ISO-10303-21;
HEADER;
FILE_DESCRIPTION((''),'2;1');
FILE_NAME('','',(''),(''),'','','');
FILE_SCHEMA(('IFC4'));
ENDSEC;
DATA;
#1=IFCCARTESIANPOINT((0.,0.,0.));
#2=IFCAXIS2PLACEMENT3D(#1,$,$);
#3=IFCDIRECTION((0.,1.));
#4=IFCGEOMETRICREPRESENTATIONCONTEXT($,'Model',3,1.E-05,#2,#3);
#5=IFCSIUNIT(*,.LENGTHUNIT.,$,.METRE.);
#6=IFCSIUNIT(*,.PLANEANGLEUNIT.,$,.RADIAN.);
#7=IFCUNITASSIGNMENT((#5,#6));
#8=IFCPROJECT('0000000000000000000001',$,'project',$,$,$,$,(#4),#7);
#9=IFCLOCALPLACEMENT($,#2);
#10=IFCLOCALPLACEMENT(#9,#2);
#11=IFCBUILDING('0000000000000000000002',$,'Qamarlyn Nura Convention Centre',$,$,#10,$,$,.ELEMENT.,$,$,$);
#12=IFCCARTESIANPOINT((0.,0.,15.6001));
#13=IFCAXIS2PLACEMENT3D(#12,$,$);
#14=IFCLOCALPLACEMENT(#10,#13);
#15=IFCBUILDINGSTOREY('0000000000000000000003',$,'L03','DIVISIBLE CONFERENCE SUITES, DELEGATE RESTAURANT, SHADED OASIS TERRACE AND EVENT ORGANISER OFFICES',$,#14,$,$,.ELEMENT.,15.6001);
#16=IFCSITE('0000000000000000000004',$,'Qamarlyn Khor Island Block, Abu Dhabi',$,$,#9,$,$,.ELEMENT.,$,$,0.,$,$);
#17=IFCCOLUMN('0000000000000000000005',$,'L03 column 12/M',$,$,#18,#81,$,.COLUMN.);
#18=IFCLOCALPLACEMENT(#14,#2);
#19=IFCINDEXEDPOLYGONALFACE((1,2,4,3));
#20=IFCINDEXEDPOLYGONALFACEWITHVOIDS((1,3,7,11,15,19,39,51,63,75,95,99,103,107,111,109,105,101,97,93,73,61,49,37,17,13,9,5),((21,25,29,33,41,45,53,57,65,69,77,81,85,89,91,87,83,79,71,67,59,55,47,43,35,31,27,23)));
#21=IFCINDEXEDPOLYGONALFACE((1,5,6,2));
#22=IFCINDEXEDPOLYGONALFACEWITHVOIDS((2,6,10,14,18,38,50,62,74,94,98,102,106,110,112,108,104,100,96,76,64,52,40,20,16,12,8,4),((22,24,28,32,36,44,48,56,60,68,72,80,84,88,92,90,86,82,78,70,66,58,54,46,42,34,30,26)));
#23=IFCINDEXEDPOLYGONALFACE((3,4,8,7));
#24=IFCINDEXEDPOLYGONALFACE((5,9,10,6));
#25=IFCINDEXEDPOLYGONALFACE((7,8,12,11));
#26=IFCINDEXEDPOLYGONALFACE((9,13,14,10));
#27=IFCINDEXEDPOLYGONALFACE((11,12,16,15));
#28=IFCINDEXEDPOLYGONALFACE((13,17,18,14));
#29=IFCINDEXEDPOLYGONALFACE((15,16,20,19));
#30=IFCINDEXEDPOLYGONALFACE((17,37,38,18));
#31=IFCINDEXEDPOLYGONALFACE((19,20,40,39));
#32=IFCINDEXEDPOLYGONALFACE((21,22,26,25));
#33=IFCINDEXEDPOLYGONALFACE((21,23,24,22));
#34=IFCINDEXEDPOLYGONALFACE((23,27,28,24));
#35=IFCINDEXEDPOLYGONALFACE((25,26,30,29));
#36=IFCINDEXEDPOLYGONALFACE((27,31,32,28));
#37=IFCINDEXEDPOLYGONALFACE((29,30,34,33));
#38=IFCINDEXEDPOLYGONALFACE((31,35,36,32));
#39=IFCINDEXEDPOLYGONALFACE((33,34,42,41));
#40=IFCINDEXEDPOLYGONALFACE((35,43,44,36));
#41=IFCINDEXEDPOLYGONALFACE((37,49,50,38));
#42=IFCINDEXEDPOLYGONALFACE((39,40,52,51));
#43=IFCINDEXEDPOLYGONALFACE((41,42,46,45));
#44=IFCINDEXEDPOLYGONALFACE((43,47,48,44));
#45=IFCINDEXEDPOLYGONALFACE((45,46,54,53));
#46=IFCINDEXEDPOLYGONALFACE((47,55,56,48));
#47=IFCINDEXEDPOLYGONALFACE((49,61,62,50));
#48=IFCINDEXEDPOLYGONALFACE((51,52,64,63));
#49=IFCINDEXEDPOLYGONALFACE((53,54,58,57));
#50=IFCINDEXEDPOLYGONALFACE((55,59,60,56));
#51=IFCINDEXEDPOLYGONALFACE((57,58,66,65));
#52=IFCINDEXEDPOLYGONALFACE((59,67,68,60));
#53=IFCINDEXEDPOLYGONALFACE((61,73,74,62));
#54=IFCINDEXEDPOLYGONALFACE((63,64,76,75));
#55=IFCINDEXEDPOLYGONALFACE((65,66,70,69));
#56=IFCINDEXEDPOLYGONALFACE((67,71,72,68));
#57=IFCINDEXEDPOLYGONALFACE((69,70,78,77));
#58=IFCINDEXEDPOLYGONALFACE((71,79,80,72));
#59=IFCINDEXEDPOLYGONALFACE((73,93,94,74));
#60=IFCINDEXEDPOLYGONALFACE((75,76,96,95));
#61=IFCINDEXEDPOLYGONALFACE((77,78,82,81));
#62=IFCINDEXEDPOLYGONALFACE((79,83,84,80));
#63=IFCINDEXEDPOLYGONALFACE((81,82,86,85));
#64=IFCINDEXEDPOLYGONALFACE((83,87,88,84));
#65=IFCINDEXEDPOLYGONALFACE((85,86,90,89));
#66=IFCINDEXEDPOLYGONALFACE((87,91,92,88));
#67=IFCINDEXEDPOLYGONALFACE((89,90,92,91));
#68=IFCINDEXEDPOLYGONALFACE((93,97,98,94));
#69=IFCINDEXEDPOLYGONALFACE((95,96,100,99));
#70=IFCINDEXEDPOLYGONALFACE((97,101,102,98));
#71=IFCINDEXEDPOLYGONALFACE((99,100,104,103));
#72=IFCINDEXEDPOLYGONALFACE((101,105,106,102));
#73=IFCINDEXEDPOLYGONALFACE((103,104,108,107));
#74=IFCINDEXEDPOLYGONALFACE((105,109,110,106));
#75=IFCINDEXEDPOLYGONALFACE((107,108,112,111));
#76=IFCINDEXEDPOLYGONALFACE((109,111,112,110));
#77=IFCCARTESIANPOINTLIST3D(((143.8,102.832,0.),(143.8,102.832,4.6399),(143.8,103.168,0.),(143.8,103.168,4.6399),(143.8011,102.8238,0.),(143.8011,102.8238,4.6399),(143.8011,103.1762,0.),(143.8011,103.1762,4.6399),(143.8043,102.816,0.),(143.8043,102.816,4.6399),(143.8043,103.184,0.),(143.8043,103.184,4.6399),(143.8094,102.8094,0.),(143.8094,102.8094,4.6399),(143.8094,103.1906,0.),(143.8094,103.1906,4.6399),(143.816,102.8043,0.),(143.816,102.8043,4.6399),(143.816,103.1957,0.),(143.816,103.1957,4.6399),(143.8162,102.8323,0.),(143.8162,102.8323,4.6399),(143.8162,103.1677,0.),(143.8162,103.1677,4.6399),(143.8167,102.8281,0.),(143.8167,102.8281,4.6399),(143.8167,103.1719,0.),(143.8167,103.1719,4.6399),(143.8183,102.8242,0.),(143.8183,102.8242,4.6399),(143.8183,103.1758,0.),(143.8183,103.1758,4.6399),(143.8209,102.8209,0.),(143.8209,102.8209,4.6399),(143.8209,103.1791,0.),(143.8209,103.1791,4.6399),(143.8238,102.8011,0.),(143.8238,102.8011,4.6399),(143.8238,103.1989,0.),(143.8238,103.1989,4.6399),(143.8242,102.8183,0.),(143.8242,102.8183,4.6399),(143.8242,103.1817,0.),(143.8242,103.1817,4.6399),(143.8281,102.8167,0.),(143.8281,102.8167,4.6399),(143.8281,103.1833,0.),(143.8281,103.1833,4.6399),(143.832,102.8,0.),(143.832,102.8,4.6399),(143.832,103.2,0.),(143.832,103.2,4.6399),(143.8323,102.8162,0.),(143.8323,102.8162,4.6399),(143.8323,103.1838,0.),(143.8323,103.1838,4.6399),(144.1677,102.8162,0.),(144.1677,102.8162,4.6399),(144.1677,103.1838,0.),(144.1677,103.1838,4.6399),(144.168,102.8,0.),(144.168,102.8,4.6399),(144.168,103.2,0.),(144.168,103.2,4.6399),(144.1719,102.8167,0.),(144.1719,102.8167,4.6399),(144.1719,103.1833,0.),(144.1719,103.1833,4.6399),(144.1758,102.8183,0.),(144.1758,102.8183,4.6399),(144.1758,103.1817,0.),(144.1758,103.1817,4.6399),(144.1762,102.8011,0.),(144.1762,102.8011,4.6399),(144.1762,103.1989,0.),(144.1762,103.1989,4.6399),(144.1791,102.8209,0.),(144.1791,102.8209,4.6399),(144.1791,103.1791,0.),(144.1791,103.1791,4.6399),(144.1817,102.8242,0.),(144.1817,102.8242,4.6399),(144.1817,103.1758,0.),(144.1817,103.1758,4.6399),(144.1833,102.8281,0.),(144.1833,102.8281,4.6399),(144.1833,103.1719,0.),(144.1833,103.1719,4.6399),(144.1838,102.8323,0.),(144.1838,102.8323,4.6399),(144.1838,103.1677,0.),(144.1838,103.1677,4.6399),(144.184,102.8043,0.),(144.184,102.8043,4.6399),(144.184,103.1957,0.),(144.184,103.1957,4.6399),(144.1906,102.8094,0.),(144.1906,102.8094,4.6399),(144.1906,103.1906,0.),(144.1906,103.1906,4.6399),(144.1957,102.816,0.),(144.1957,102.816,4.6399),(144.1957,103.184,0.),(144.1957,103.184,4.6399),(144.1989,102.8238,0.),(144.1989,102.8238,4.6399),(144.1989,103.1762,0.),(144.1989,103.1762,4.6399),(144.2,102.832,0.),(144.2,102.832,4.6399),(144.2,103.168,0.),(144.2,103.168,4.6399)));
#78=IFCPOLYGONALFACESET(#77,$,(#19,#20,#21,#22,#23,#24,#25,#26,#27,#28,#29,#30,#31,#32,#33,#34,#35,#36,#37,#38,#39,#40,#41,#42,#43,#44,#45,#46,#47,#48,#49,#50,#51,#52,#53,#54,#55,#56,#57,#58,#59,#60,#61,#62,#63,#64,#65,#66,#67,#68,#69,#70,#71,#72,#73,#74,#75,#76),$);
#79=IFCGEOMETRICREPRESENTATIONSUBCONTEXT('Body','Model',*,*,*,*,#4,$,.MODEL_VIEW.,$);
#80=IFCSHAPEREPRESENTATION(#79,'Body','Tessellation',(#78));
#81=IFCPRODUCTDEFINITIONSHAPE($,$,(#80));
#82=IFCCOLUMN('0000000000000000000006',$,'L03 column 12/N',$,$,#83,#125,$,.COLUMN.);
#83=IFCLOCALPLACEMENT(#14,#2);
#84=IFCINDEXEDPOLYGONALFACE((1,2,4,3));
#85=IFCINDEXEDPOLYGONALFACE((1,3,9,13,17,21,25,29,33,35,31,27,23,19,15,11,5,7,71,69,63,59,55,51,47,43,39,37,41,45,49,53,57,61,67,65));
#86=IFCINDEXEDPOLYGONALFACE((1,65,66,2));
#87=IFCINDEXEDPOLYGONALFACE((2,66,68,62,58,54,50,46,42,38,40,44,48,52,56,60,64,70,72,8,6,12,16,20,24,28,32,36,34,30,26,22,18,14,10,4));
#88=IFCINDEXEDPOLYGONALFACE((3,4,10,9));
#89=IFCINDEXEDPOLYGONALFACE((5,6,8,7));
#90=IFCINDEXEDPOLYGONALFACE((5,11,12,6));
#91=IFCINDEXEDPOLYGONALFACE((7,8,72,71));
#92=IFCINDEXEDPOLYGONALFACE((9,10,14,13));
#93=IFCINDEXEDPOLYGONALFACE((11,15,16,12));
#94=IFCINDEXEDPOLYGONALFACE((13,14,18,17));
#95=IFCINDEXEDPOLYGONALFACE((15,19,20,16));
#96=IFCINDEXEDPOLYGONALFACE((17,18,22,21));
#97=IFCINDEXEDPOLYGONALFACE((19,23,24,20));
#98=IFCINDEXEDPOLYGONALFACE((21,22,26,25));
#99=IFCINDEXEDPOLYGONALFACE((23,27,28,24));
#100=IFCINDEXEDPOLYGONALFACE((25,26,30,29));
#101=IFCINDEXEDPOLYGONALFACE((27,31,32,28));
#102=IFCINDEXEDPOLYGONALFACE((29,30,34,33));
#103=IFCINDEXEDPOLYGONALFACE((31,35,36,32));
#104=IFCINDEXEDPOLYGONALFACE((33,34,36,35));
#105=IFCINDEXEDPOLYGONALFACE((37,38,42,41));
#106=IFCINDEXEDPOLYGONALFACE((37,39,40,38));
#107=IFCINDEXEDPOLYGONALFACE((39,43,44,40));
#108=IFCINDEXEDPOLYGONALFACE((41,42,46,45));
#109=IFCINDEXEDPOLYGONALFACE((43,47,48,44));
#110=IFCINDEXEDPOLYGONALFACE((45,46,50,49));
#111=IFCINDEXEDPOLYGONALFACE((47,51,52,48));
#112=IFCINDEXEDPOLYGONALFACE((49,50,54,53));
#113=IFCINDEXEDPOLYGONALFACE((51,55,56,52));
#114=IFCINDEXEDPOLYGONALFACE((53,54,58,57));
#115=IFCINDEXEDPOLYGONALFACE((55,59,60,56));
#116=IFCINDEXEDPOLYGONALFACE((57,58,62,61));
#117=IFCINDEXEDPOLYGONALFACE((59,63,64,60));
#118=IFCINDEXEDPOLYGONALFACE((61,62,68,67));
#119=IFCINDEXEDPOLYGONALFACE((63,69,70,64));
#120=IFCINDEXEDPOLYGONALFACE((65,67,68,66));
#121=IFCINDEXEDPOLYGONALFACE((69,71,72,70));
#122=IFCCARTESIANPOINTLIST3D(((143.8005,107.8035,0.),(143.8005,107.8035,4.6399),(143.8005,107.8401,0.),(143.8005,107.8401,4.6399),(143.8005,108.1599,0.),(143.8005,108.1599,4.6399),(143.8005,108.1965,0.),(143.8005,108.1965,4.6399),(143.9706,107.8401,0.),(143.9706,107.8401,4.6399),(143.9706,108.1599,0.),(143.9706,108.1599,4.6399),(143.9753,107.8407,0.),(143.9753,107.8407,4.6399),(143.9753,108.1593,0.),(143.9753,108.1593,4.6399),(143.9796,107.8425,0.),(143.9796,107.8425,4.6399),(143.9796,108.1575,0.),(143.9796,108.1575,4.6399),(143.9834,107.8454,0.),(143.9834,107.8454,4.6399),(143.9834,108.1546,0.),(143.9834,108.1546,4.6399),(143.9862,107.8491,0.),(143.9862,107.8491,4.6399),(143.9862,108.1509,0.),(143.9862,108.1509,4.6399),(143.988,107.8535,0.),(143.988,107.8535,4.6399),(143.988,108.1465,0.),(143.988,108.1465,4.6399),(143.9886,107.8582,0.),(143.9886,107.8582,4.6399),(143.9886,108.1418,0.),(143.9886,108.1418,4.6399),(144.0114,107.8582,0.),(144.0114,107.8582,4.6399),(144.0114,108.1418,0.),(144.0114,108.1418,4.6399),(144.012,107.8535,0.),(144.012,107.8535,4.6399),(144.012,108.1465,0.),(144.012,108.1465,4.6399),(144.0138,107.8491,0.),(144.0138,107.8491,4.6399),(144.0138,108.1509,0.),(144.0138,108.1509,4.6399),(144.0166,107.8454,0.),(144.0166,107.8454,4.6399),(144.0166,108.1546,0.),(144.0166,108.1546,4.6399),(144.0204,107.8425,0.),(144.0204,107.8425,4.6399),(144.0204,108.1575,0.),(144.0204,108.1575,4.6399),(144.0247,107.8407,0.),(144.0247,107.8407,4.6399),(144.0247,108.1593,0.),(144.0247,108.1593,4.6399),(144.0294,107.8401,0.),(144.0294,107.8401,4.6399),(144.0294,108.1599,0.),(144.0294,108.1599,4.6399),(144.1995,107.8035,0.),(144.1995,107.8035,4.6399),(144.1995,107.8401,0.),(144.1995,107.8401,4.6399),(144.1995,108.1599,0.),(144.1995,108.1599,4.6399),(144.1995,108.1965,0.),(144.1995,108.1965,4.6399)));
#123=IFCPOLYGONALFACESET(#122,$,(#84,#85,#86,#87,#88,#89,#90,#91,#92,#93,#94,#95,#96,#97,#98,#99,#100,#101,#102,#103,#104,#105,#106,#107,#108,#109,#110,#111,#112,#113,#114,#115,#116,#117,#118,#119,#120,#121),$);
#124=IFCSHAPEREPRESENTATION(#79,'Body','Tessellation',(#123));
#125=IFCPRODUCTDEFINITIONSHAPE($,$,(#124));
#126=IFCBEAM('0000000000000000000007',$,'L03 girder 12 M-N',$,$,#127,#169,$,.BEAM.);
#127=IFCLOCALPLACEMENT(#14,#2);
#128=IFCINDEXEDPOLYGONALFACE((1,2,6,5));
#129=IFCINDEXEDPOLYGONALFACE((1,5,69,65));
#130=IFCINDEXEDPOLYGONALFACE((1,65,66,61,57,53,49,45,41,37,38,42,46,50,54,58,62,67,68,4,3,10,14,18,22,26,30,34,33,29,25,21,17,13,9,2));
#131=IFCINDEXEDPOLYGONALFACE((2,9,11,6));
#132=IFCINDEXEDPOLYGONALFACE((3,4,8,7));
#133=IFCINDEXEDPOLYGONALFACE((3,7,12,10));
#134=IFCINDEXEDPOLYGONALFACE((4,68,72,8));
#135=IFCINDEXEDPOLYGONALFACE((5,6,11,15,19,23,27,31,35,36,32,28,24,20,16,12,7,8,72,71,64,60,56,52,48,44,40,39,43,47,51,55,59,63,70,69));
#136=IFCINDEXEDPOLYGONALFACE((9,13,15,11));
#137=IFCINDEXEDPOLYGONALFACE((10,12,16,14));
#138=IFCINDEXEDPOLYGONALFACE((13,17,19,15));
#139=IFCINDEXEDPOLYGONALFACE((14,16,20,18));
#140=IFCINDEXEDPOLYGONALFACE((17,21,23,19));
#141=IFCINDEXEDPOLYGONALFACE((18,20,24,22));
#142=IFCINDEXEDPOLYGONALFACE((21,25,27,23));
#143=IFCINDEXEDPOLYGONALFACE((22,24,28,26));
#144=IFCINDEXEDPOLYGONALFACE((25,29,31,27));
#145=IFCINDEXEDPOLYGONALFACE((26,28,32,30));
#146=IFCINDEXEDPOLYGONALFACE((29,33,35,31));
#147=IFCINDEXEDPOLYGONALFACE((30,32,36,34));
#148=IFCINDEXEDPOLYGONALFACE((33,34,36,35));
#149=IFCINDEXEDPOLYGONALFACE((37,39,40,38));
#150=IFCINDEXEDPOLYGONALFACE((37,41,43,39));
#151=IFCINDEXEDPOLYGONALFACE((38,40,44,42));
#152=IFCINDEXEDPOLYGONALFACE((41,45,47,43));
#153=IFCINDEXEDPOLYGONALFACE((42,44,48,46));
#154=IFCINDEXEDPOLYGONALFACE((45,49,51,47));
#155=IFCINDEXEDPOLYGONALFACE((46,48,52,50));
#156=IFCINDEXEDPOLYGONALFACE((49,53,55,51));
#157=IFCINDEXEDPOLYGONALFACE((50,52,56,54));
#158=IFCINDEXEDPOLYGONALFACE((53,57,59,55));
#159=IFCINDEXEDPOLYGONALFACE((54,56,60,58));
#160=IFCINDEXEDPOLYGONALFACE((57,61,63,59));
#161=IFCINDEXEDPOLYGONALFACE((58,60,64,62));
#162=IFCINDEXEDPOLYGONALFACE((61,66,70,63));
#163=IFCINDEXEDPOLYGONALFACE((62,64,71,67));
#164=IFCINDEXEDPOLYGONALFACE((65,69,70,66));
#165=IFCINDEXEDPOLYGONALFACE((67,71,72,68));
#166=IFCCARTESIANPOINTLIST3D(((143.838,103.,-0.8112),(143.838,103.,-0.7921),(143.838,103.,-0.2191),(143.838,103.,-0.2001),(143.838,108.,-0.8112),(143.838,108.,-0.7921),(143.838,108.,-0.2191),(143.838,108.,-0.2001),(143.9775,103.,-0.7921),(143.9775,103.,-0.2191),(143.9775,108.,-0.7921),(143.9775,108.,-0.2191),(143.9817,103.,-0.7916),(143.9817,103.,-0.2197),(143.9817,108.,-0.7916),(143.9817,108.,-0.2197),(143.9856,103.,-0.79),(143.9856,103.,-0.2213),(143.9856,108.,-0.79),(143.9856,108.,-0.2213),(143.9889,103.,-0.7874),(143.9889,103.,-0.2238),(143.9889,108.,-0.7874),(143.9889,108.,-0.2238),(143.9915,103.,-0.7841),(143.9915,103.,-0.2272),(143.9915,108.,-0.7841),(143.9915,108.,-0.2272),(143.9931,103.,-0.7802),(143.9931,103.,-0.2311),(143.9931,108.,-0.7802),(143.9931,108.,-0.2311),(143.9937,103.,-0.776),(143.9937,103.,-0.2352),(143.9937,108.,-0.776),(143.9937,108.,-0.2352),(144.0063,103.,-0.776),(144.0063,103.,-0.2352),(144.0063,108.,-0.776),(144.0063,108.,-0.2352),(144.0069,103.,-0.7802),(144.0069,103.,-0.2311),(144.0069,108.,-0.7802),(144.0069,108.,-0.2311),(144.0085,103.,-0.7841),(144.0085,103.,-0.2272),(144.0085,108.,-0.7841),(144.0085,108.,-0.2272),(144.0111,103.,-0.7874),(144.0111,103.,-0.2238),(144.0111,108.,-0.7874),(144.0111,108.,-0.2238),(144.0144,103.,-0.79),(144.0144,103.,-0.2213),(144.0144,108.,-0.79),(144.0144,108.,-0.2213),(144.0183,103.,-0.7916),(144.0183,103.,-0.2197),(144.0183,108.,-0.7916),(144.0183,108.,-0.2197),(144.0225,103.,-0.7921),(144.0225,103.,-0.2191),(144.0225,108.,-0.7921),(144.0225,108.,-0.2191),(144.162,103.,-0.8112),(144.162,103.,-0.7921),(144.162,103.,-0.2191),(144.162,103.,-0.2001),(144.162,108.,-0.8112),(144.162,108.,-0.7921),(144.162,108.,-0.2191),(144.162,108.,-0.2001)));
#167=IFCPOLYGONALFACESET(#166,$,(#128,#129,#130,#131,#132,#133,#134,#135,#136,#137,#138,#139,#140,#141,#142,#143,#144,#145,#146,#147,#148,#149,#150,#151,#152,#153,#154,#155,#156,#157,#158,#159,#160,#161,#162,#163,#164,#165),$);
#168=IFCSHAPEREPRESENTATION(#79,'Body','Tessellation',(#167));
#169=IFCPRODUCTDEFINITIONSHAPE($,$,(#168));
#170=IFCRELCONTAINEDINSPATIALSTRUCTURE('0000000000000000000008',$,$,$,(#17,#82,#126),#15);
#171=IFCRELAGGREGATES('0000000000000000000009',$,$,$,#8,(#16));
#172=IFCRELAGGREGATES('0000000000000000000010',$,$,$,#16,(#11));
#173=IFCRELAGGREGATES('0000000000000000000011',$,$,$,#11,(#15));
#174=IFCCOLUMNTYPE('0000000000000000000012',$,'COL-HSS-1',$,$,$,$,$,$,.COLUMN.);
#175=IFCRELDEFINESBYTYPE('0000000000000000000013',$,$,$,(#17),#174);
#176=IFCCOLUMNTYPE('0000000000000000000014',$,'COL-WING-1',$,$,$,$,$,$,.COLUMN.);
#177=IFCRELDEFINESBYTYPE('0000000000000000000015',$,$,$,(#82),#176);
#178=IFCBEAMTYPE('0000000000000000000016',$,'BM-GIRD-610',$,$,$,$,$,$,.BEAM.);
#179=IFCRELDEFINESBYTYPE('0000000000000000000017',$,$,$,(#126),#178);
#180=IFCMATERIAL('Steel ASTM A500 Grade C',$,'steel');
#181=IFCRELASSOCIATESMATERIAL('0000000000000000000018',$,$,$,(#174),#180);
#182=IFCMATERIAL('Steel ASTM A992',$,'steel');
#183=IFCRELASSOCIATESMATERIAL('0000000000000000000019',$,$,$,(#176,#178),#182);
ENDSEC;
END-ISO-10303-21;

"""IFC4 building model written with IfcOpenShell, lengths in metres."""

from ifc_helpers import new_model, si_unit, direction, frame, origin, origin_2d, place, context, subcontext, project, spatial, hollow_rectangle, i_section, extrude, material, material_profile, profile_set, type_object, element, save


model = new_model("IFC4")

# Units and contexts
model_context = context("Model", 3, precision=1e-05, world=origin(), true_north=direction((0.0, 1.0)))
body_context = subcontext(model_context, "Body", "Model", "MODEL_VIEW")
ifc_project = project(units=[si_unit("LENGTHUNIT", "METRE"), si_unit("PLANEANGLEUNIT", "RADIAN")], contexts=[model_context])

# Site, building, storey
site_placement = place(None, origin())
site = spatial("IfcSite", under=ifc_project, at=site_placement, Name="Qamarlyn Khor Island Block, Abu Dhabi", CompositionType="ELEMENT", RefElevation=0.0)
building_placement = place(site_placement, origin())
building = spatial("IfcBuilding", under=site, at=building_placement, Name="Qamarlyn Nura Convention Centre", CompositionType="ELEMENT")
storey_placement = place(building_placement, frame((0.0, 0.0, 15.6001)))
storey = spatial("IfcBuildingStorey", under=building, at=storey_placement, Name="L03", Description="DIVISIBLE CONFERENCE SUITES, DELEGATE RESTAURANT, SHADED OASIS TERRACE AND EVENT ORGANISER OFFICES", CompositionType="ELEMENT", Elevation=15.6001)

# Columns
ifc_material_1 = material(Name="Steel ASTM A500 Grade C", Category="steel")
ifc_material_profile_1 = material_profile(ifc_material_1, hollow_rectangle(XDim=0.3999, YDim=0.3999, WallThickness=0.0161, InnerFilletRadius=0.0161, OuterFilletRadius=0.032, at=origin_2d()), Name="HSS400X400X16")
ifc_profile_set_1 = profile_set([ifc_material_profile_1], Name="Steel ASTM A500 Grade C")
column_type_1 = type_object("IfcColumnType", Name="COL-HSS-1", PredefinedType="COLUMN", material=ifc_profile_set_1)
column_1_placement = place(storey_placement, frame((144.0, 103.0, 0.0), z_axis=(0.0, 0.0, 1.0), x_axis=(1.0, 0.0, 0.0)))
element("IfcColumn", 1, at=column_1_placement, inside=storey, type_object=column_type_1, Name="L03 column 12/M", PredefinedType="COLUMN", context=body_context, shape_type="SweptSolid", body=[
    extrude(hollow_rectangle(XDim=0.3999, YDim=0.3999, WallThickness=0.0161, InnerFilletRadius=0.0161, OuterFilletRadius=0.032, at=origin_2d()), origin(), (0.0, 0.0, 1.0), 4.6399),
])
ifc_material_2 = material(Name="Steel ASTM A992", Category="steel")
ifc_material_profile_2 = material_profile(ifc_material_2, i_section(OverallWidth=0.3989, OverallDepth=0.3931, WebThickness=0.0227, FlangeThickness=0.0366, FilletRadius=0.0181, at=origin_2d()), Name="W360X287")
ifc_profile_set_2 = profile_set([ifc_material_profile_2], Name="Steel ASTM A992")
column_type_2 = type_object("IfcColumnType", Name="COL-WING-1", PredefinedType="COLUMN", material=ifc_profile_set_2)
column_2_placement = place(storey_placement, frame((144.0, 108.0, 0.0), z_axis=(0.0, 0.0, 1.0), x_axis=(1.0, 0.0, 0.0)))
element("IfcColumn", 2, at=column_2_placement, inside=storey, type_object=column_type_2, Name="L03 column 12/N", PredefinedType="COLUMN", context=body_context, shape_type="SweptSolid", body=[
    extrude(i_section(OverallWidth=0.3989, OverallDepth=0.3931, WebThickness=0.0227, FlangeThickness=0.0366, FilletRadius=0.0181, at=origin_2d()), origin(), (0.0, 0.0, 1.0), 4.6399),
])

# Beam
ifc_material_profile_3 = material_profile(ifc_material_2, i_section(OverallWidth=0.324, OverallDepth=0.6111, WebThickness=0.0127, FlangeThickness=0.019, FilletRadius=0.0161, at=origin_2d()), Name="W610X155")
ifc_profile_set_3 = profile_set([ifc_material_profile_3], Name="Steel ASTM A992")
beam_type_1 = type_object("IfcBeamType", Name="BM-GIRD-610", PredefinedType="BEAM", material=ifc_profile_set_3)
beam_1_placement = place(storey_placement, frame((144.0, 103.0, -0.5056), z_axis=(0.0, 1.0, 0.0), x_axis=(-1.0, 0.0, 0.0)))
element("IfcBeam", 3, at=beam_1_placement, inside=storey, type_object=beam_type_1, Name="L03 girder 12 M-N", PredefinedType="BEAM", context=body_context, shape_type="SweptSolid", body=[
    extrude(i_section(OverallWidth=0.324, OverallDepth=0.6111, WebThickness=0.0127, FlangeThickness=0.019, FilletRadius=0.0161, at=origin_2d()), origin(), (0.0, 0.0, 1.0), 5.0),
])

save(model, "model.ifc")
